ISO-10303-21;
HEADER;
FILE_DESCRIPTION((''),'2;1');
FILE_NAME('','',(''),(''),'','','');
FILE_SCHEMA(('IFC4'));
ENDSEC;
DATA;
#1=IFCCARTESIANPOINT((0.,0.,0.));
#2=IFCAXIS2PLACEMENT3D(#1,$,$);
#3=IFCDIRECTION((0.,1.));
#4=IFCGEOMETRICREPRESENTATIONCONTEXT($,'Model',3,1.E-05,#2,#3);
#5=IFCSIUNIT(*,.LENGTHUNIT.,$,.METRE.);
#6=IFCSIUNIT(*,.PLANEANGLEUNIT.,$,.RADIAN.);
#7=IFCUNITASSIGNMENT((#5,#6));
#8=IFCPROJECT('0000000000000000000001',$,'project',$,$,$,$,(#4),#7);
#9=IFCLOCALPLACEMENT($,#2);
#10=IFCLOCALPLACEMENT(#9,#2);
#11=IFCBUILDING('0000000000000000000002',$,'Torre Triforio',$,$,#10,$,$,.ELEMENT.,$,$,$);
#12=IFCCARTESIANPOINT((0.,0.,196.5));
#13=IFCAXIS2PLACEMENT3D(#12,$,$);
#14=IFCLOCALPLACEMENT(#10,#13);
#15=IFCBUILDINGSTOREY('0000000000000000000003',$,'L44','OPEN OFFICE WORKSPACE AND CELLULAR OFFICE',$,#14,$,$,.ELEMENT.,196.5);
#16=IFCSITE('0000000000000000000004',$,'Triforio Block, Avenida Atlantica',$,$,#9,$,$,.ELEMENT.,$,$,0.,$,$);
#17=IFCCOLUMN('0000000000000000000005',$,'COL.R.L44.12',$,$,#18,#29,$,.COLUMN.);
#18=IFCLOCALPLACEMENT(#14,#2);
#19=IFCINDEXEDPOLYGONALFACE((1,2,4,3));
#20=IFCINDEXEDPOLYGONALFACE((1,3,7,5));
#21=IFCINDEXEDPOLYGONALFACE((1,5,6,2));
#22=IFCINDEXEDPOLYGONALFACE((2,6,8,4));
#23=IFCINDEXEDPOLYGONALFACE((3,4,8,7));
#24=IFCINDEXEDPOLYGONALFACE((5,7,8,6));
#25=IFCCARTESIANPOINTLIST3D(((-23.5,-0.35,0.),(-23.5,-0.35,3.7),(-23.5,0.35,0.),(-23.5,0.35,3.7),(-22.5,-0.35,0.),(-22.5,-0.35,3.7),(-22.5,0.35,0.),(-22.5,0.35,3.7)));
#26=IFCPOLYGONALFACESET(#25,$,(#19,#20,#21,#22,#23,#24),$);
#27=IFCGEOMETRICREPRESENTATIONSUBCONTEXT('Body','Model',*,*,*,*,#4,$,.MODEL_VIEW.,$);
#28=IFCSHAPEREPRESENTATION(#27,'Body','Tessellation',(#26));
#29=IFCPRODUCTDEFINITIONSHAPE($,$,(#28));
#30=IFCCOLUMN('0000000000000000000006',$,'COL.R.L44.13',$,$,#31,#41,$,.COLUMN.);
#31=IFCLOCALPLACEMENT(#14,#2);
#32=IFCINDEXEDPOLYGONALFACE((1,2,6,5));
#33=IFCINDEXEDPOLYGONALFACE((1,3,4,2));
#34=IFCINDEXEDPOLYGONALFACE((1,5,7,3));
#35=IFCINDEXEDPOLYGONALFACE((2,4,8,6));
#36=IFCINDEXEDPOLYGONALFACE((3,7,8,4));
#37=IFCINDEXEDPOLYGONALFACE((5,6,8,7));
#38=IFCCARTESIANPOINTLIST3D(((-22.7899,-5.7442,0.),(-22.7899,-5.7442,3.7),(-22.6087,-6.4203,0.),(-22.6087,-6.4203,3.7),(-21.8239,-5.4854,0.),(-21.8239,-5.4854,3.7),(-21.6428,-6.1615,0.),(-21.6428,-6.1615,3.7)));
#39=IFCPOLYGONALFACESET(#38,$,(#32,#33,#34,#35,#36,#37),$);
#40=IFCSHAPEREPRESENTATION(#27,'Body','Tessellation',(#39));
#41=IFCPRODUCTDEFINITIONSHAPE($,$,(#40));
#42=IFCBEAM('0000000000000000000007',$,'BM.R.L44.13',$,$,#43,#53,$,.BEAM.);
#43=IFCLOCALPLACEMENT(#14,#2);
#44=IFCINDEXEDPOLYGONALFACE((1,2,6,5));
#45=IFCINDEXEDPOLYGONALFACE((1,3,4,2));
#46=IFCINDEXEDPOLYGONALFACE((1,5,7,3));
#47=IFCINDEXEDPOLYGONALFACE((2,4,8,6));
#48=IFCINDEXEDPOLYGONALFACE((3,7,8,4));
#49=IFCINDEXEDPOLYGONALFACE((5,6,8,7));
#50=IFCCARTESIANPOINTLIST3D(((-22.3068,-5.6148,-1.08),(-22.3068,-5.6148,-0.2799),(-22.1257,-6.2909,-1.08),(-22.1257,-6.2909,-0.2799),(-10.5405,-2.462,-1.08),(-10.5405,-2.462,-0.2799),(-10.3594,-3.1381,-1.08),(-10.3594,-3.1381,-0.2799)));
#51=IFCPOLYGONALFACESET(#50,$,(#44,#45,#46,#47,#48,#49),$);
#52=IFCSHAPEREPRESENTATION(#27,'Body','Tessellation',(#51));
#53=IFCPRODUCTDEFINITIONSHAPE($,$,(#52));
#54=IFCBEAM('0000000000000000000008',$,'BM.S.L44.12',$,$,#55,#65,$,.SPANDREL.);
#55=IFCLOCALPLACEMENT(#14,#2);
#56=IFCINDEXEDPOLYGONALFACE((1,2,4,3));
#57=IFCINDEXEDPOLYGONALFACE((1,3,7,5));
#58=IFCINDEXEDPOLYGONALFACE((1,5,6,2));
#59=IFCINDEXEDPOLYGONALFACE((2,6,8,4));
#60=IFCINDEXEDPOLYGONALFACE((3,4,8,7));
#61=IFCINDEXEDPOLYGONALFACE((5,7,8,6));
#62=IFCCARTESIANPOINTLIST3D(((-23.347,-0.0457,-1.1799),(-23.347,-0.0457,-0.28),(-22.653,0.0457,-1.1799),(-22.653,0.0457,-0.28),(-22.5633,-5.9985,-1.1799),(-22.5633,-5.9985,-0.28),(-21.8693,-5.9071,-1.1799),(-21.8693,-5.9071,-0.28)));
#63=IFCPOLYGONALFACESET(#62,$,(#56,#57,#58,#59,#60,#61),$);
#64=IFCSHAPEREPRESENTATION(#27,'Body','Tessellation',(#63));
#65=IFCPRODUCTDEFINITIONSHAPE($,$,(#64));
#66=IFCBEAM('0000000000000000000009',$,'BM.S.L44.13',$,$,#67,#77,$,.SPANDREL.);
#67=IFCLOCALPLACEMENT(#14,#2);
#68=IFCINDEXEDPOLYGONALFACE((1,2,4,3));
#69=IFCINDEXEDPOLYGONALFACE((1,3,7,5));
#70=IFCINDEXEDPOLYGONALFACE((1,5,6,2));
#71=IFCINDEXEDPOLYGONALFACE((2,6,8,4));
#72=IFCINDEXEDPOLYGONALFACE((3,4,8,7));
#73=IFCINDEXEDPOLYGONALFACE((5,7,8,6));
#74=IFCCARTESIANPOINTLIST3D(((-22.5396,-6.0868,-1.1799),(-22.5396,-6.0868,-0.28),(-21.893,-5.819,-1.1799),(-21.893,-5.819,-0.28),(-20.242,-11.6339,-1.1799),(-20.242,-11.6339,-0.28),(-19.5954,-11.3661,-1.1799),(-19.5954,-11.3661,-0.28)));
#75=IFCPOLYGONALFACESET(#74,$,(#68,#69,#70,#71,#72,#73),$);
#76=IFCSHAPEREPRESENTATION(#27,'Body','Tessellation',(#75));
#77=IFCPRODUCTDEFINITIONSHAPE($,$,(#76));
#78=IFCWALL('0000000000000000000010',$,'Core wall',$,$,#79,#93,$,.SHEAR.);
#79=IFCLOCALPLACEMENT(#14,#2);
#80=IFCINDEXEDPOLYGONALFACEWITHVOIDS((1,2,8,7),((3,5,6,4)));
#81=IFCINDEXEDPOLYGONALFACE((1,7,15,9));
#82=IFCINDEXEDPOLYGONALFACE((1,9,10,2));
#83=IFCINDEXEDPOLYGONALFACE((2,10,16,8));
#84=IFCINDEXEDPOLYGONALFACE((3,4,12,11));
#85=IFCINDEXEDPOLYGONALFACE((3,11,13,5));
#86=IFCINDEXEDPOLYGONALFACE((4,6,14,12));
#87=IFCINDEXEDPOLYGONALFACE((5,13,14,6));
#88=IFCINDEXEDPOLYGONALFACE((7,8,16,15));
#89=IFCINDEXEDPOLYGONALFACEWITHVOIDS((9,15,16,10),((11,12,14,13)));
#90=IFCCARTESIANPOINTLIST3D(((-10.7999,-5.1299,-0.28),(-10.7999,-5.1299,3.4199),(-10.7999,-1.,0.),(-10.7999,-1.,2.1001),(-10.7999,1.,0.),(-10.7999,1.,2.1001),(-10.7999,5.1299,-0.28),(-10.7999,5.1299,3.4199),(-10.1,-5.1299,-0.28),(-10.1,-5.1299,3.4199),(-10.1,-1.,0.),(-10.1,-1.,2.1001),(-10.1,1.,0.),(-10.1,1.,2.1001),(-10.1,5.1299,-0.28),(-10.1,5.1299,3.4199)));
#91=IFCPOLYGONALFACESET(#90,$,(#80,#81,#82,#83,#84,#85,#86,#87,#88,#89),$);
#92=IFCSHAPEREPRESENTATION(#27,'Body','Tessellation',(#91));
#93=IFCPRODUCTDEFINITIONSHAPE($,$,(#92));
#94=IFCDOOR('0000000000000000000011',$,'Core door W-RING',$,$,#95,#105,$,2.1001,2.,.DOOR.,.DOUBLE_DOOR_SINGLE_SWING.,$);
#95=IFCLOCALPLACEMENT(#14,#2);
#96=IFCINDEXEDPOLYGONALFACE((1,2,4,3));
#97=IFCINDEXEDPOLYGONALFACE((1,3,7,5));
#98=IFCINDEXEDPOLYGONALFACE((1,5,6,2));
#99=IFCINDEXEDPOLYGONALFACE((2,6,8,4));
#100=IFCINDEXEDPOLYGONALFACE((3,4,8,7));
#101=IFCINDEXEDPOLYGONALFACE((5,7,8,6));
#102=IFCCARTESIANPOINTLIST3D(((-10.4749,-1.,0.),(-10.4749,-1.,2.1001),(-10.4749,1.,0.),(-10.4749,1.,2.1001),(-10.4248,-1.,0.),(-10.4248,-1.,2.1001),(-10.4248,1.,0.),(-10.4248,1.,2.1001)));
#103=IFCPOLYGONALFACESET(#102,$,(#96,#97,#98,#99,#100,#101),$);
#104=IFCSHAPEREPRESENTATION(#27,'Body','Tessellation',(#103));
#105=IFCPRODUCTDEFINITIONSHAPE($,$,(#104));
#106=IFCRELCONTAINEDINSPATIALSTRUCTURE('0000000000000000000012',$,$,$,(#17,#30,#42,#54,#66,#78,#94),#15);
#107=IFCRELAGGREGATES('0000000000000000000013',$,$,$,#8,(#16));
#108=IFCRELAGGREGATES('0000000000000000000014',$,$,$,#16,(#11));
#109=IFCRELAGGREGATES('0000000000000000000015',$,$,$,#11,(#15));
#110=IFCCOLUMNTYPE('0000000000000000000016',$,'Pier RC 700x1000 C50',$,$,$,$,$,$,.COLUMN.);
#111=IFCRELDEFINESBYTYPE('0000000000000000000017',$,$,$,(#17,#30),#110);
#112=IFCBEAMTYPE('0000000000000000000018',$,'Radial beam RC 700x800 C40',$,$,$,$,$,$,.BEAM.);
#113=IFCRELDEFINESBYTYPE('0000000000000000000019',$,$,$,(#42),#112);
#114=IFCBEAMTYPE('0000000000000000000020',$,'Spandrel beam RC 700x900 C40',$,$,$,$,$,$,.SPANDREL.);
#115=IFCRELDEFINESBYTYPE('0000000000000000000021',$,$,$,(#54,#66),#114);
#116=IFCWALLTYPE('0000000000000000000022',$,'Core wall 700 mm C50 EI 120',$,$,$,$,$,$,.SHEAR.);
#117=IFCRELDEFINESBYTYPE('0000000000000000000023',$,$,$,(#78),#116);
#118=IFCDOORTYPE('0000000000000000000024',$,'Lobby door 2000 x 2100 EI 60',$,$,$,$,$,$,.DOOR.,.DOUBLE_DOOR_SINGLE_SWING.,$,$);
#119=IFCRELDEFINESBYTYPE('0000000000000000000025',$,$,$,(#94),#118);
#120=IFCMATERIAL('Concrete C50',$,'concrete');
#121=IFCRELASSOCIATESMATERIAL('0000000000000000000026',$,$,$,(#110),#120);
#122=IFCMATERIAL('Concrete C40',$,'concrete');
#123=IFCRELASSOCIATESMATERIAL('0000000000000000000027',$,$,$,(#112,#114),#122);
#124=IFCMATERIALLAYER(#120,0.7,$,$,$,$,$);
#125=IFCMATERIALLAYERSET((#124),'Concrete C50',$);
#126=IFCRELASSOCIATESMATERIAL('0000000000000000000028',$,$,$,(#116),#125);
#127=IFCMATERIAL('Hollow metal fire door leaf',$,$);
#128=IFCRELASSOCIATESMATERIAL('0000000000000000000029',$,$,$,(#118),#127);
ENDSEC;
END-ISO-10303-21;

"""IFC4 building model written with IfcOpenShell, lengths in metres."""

from ifc_helpers import new_model, si_unit, direction, frame, frame_2d, origin, origin_2d, place, context, subcontext, project, spatial, rectangle, extrude, material, layer, layer_set, material_profile, profile_set, type_object, element, fill, save


model = new_model("IFC4")

# Units and contexts
model_context = context("Model", 3, precision=1e-05, world=origin(), true_north=direction((0.0, 1.0)))
body_context = subcontext(model_context, "Body", "Model", "MODEL_VIEW")
ifc_project = project(units=[si_unit("LENGTHUNIT", "METRE"), si_unit("PLANEANGLEUNIT", "RADIAN")], contexts=[model_context])

# Site, building, storey
site_placement = place(None, origin())
site = spatial("IfcSite", under=ifc_project, at=site_placement, Name="Triforio Block, Avenida Atlantica", CompositionType="ELEMENT", RefElevation=0.0)
building_placement = place(site_placement, origin())
building = spatial("IfcBuilding", under=site, at=building_placement, Name="Torre Triforio", CompositionType="ELEMENT")
storey_placement = place(building_placement, frame((0.0, 0.0, 196.5)))
storey = spatial("IfcBuildingStorey", under=building, at=storey_placement, Name="L44", Description="OPEN OFFICE WORKSPACE AND CELLULAR OFFICE", CompositionType="ELEMENT", Elevation=196.5)

# Columns
ifc_material_1 = material(Name="Concrete C50", Category="concrete")
ifc_material_profile_1 = material_profile(ifc_material_1, rectangle(XDim=0.7, YDim=1.0, at=origin_2d()), Name="RC 700x1000")
ifc_profile_set_1 = profile_set([ifc_material_profile_1], Name="Concrete C50")
column_type = type_object("IfcColumnType", Name="Pier RC 700x1000 C50", PredefinedType="COLUMN", material=ifc_profile_set_1)
for number, where, z_axis, x_axis, name in (
    (1, (-23.0, 0.0, 0.0), (0.0, 0.0, 1.0), (0.0, -1.0, 0.0), "COL.R.L44.12"),
    (2, (-22.2163, -5.9529, 0.0), (0.0, 0.0, 1.0), (0.258819, -0.965926, 0.0), "COL.R.L44.13"),
):
    element("IfcColumn", number, at=place(storey_placement, frame(where, z_axis=z_axis, x_axis=x_axis)), inside=storey, type_object=column_type, Name=name, PredefinedType="COLUMN", context=body_context, shape_type="SweptSolid", body=[
        extrude(rectangle(XDim=0.7, YDim=1.0, at=origin_2d()), origin(), (0.0, 0.0, 1.0), 3.7),
    ])

# Beams
ifc_material_2 = material(Name="Concrete C40", Category="concrete")
ifc_material_profile_2 = material_profile(ifc_material_2, rectangle(XDim=0.7, YDim=0.8, at=origin_2d()), Name="RC 700x800")
ifc_profile_set_2 = profile_set([ifc_material_profile_2], Name="Concrete C40")
beam_type_1 = type_object("IfcBeamType", Name="Radial beam RC 700x800 C40", PredefinedType="BEAM", material=ifc_profile_set_2)
beam_placement = place(storey_placement, frame((-10.45, -2.8, -0.6799), z_axis=(-0.965925, -0.258823, 0.0), x_axis=(0.258823, -0.965925, 0.0)))
element("IfcBeam", 3, at=beam_placement, inside=storey, type_object=beam_type_1, Name="BM.R.L44.13", PredefinedType="BEAM", context=body_context, shape_type="SweptSolid", body=[
    extrude(rectangle(XDim=0.7, YDim=0.8, at=origin_2d()), origin(), (0.0, 0.0, 1.0), 12.1814),
])
ifc_material_profile_3 = material_profile(ifc_material_2, rectangle(XDim=0.7, YDim=0.8999, at=origin_2d()), Name="RC 700x900")
ifc_profile_set_3 = profile_set([ifc_material_profile_3], Name="Concrete C40")
beam_type_2 = type_object("IfcBeamType", Name="Spandrel beam RC 700x900 C40", PredefinedType="SPANDREL", material=ifc_profile_set_3)
for number, where, z_axis, x_axis, name in (
    (4, (-23.0, 0.0, -0.73), (0.130523, -0.991445, 0.0), (0.991445, 0.130523, 0.0), "BM.S.L44.12"),
    (5, (-22.2163, -5.9529, -0.73), (0.382671, -0.923885, 0.0), (0.923885, 0.382671, 0.0), "BM.S.L44.13"),
):
    element("IfcBeam", number, at=place(storey_placement, frame(where, z_axis=z_axis, x_axis=x_axis)), inside=storey, type_object=beam_type_2, Name=name, PredefinedType="SPANDREL", context=body_context, shape_type="SweptSolid", body=[
        extrude(rectangle(XDim=0.7, YDim=0.8999, at=origin_2d()), origin(), (0.0, 0.0, 1.0), 6.0042),
    ])

# Wall, opening, door
ifc_layer_1 = layer(ifc_material_1, 0.7)
ifc_layer_set_1 = layer_set([ifc_layer_1], Name="Concrete C50")
wall_type_1 = type_object("IfcWallType", Name="Core wall 700 mm C50 EI 120", PredefinedType="SHEAR", material=ifc_layer_set_1)
wall_1_placement = place(storey_placement, frame((-10.45, -5.1299, -0.28), z_axis=(0.0, 0.0, 1.0), x_axis=(0.0, 1.0, 0.0)))
wall_1 = element("IfcWall", 6, at=wall_1_placement, inside=storey, type_object=wall_type_1, Name="Core wall", PredefinedType="SHEAR", context=body_context, shape_type="SweptSolid", body=[
    extrude(rectangle(XDim=10.2598, YDim=0.7, at=frame_2d((5.1299, 0.0))), origin(), (0.0, 0.0, 1.0), 3.7),
])
opening_1_placement = place(wall_1_placement, frame((4.1299, 0.0, 0.28)))
opening_1 = element("IfcOpeningElement", 7, at=opening_1_placement, cuts=wall_1, PredefinedType="OPENING", context=body_context, shape_type="SweptSolid", body=[
    extrude(rectangle(XDim=2.0, YDim=2.1001, at=frame_2d((1.0, 1.05))), frame((0.0, 0.3599, 0.0), z_axis=(0.0, -1.0, 0.0), x_axis=(1.0, 0.0, 0.0)), (0.0, 0.0, 1.0), 0.72),
])
ifc_material_3 = material(Name="Hollow metal fire door leaf")
door_type_1 = type_object("IfcDoorType", Name="Lobby door 2000 x 2100 EI 60", OperationType="DOUBLE_DOOR_SINGLE_SWING", PredefinedType="DOOR", material=ifc_material_3)
door_1_placement = place(opening_1_placement, origin())
door_1 = element("IfcDoor", 8, at=door_1_placement, inside=storey, type_object=door_type_1, Name="Core door W-RING", OperationType="DOUBLE_DOOR_SINGLE_SWING", OverallHeight=2.1001, OverallWidth=2.0, PredefinedType="DOOR", context=body_context, shape_type="SweptSolid", body=[
    extrude(rectangle(XDim=2.0, YDim=2.1001, at=frame_2d((1.0, 1.05))), frame((0.0, 0.0249, 0.0), z_axis=(0.0, -1.0, 0.0), x_axis=(1.0, 0.0, 0.0)), (0.0, 0.0, 1.0), 0.05),
])
fill(opening_1, door_1)

save(model, "model.ifc")
